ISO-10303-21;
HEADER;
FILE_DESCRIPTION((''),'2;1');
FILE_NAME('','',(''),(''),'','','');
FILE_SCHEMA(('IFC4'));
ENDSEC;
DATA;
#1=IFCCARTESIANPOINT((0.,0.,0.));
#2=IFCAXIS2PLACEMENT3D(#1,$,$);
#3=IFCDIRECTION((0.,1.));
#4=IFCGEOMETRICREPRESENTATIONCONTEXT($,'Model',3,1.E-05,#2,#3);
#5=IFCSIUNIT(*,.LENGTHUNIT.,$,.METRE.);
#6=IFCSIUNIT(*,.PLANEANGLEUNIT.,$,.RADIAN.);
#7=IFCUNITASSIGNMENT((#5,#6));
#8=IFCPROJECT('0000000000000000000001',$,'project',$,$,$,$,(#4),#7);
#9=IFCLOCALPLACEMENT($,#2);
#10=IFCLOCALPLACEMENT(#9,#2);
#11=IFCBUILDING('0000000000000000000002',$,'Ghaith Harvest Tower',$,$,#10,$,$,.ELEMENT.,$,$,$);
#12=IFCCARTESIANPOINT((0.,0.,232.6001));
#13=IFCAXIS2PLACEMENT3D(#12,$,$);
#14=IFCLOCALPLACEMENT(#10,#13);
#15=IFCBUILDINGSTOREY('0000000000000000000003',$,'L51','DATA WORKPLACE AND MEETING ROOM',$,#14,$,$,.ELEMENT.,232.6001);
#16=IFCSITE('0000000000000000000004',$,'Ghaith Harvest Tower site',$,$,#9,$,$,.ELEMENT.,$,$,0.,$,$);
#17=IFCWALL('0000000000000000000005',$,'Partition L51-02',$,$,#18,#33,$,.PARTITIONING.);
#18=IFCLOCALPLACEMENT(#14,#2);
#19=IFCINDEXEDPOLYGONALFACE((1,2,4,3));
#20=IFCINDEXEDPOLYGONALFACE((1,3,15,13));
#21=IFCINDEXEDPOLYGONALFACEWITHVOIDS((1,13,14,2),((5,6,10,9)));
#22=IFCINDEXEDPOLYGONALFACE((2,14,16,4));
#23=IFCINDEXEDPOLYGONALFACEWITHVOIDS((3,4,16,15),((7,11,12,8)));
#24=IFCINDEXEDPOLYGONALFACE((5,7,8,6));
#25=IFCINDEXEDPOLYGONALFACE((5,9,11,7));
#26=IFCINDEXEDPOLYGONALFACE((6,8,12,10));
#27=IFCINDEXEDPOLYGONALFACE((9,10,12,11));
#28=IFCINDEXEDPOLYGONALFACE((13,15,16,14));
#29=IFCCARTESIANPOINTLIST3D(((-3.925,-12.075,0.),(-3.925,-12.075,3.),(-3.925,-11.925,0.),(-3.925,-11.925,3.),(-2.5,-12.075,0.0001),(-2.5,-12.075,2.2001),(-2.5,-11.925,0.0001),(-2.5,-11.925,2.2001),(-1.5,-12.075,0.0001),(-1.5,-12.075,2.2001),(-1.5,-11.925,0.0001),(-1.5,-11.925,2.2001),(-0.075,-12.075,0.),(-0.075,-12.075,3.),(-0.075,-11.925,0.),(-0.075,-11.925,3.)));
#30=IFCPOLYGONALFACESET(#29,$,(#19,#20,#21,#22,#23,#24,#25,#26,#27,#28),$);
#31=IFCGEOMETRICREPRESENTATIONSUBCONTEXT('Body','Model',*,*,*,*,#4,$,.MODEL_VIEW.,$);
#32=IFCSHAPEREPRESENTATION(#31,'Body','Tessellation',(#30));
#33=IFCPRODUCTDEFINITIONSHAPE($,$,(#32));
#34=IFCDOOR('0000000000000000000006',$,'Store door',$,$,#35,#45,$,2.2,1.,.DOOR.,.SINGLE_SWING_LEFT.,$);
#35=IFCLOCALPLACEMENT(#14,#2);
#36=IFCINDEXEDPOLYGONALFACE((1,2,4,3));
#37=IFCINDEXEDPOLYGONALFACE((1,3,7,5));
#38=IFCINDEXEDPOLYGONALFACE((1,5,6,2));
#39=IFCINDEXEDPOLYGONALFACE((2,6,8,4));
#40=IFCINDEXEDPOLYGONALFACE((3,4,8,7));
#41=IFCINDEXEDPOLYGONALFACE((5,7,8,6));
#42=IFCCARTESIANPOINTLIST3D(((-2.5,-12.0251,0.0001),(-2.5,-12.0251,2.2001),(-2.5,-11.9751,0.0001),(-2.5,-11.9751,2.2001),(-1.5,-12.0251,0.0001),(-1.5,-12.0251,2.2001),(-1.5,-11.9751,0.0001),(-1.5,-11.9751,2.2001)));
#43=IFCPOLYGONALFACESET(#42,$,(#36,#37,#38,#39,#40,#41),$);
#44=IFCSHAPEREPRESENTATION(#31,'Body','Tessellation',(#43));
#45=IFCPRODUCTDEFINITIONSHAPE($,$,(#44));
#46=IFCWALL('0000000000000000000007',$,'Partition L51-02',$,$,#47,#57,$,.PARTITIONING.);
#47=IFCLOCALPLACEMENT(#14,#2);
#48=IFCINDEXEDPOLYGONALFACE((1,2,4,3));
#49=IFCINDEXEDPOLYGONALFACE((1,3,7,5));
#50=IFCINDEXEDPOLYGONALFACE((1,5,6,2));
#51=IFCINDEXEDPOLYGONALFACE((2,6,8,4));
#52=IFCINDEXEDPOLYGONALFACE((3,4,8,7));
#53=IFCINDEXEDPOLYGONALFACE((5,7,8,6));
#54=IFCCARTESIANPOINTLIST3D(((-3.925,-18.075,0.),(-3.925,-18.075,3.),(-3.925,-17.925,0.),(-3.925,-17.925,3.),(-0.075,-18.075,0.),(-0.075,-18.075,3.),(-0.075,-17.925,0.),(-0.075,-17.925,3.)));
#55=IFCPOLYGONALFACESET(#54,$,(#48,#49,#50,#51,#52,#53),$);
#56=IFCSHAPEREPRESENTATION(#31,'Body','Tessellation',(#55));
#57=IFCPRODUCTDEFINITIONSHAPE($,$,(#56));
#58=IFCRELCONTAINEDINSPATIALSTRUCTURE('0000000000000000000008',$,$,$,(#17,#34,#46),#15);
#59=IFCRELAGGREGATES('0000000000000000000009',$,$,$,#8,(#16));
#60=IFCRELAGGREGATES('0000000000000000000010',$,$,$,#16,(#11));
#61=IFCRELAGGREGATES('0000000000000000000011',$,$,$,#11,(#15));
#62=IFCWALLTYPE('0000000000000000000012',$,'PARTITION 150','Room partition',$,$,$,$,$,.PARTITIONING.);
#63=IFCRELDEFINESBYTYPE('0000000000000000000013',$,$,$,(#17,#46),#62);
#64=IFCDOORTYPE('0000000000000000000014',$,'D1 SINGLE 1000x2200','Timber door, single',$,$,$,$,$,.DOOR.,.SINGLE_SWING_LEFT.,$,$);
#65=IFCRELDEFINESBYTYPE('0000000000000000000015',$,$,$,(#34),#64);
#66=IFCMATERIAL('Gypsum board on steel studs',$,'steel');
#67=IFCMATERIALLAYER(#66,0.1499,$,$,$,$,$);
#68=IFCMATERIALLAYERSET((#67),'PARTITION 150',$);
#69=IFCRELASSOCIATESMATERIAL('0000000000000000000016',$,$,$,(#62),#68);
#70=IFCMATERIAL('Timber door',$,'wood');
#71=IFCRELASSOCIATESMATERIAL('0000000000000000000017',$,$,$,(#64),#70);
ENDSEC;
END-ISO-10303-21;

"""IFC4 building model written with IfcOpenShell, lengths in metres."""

from ifc_helpers import new_model, si_unit, direction, frame, frame_2d, origin, place, context, subcontext, project, spatial, rectangle, extrude, material, layer, layer_set, type_object, element, fill, save


model = new_model("IFC4")

# Units and contexts
model_context = context("Model", 3, precision=1e-05, world=origin(), true_north=direction((0.0, 1.0)))
body_context = subcontext(model_context, "Body", "Model", "MODEL_VIEW")
ifc_project = project(units=[si_unit("LENGTHUNIT", "METRE"), si_unit("PLANEANGLEUNIT", "RADIAN")], contexts=[model_context])

# Site, building, storey
site_placement = place(None, origin())
site = spatial("IfcSite", under=ifc_project, at=site_placement, Name="Ghaith Harvest Tower site", CompositionType="ELEMENT", RefElevation=0.0)
building_placement = place(site_placement, origin())
building = spatial("IfcBuilding", under=site, at=building_placement, Name="Ghaith Harvest Tower", CompositionType="ELEMENT")
storey_placement = place(building_placement, frame((0.0, 0.0, 232.6001)))
storey = spatial("IfcBuildingStorey", under=building, at=storey_placement, Name="L51", Description="DATA WORKPLACE AND MEETING ROOM", CompositionType="ELEMENT", Elevation=232.6001)

# Shared definitions
ifc_material_1 = material(Name="Gypsum board on steel studs", Category="steel")
ifc_layer_1 = layer(ifc_material_1, 0.1499)
ifc_layer_set_1 = layer_set([ifc_layer_1], Name="PARTITION 150")
wall_type = type_object("IfcWallType", Name="PARTITION 150", Description="Room partition", PredefinedType="PARTITIONING", material=ifc_layer_set_1)

# Wall, opening, door
wall_1_placement = place(storey_placement, frame((-3.925, -12.0, 0.0), z_axis=(0.0, 0.0, 1.0), x_axis=(1.0, 0.0, 0.0)))
wall_1 = element("IfcWall", 1, at=wall_1_placement, inside=storey, type_object=wall_type, Name="Partition L51-02", PredefinedType="PARTITIONING", context=body_context, shape_type="SweptSolid", body=[
    extrude(rectangle(XDim=3.8501, YDim=0.1499, at=frame_2d((1.925, 0.0))), origin(), (0.0, 0.0, 1.0), 3.0),
])
opening_1_placement = place(wall_1_placement, frame((1.425, 0.0, 0.0)))
opening_1 = element("IfcOpeningElement", 2, at=opening_1_placement, cuts=wall_1, PredefinedType="OPENING", context=body_context, shape_type="SweptSolid", body=[
    extrude(rectangle(XDim=1.0, YDim=2.2, at=frame_2d((0.5, 1.1001))), frame((0.0, 0.085, 0.0), z_axis=(0.0, -1.0, 0.0), x_axis=(1.0, 0.0, 0.0)), (0.0, 0.0, 1.0), 0.1699),
])
ifc_material_2 = material(Name="Timber door", Category="wood")
door_type_1 = type_object("IfcDoorType", Name="D1 SINGLE 1000x2200", Description="Timber door, single", OperationType="SINGLE_SWING_LEFT", PredefinedType="DOOR", material=ifc_material_2)
door_1_placement = place(opening_1_placement, origin())
door_1 = element("IfcDoor", 3, at=door_1_placement, inside=storey, type_object=door_type_1, Name="Store door", OperationType="SINGLE_SWING_LEFT", OverallHeight=2.2, OverallWidth=1.0, PredefinedType="DOOR", context=body_context, shape_type="SweptSolid", body=[
    extrude(rectangle(XDim=1.0, YDim=2.2, at=frame_2d((0.5, 1.1001))), frame((0.0, 0.0249, 0.0), z_axis=(0.0, -1.0, 0.0), x_axis=(1.0, 0.0, 0.0)), (0.0, 0.0, 1.0), 0.05),
])
fill(opening_1, door_1)

# Wall
wall_2_placement = place(storey_placement, frame((-3.925, -18.0, 0.0), z_axis=(0.0, 0.0, 1.0), x_axis=(1.0, 0.0, 0.0)))
element("IfcWall", 4, at=wall_2_placement, inside=storey, type_object=wall_type, Name="Partition L51-02", PredefinedType="PARTITIONING", context=body_context, shape_type="SweptSolid", body=[
    extrude(rectangle(XDim=3.8501, YDim=0.1499, at=frame_2d((1.925, 0.0))), origin(), (0.0, 0.0, 1.0), 3.0),
])

save(model, "model.ifc")
